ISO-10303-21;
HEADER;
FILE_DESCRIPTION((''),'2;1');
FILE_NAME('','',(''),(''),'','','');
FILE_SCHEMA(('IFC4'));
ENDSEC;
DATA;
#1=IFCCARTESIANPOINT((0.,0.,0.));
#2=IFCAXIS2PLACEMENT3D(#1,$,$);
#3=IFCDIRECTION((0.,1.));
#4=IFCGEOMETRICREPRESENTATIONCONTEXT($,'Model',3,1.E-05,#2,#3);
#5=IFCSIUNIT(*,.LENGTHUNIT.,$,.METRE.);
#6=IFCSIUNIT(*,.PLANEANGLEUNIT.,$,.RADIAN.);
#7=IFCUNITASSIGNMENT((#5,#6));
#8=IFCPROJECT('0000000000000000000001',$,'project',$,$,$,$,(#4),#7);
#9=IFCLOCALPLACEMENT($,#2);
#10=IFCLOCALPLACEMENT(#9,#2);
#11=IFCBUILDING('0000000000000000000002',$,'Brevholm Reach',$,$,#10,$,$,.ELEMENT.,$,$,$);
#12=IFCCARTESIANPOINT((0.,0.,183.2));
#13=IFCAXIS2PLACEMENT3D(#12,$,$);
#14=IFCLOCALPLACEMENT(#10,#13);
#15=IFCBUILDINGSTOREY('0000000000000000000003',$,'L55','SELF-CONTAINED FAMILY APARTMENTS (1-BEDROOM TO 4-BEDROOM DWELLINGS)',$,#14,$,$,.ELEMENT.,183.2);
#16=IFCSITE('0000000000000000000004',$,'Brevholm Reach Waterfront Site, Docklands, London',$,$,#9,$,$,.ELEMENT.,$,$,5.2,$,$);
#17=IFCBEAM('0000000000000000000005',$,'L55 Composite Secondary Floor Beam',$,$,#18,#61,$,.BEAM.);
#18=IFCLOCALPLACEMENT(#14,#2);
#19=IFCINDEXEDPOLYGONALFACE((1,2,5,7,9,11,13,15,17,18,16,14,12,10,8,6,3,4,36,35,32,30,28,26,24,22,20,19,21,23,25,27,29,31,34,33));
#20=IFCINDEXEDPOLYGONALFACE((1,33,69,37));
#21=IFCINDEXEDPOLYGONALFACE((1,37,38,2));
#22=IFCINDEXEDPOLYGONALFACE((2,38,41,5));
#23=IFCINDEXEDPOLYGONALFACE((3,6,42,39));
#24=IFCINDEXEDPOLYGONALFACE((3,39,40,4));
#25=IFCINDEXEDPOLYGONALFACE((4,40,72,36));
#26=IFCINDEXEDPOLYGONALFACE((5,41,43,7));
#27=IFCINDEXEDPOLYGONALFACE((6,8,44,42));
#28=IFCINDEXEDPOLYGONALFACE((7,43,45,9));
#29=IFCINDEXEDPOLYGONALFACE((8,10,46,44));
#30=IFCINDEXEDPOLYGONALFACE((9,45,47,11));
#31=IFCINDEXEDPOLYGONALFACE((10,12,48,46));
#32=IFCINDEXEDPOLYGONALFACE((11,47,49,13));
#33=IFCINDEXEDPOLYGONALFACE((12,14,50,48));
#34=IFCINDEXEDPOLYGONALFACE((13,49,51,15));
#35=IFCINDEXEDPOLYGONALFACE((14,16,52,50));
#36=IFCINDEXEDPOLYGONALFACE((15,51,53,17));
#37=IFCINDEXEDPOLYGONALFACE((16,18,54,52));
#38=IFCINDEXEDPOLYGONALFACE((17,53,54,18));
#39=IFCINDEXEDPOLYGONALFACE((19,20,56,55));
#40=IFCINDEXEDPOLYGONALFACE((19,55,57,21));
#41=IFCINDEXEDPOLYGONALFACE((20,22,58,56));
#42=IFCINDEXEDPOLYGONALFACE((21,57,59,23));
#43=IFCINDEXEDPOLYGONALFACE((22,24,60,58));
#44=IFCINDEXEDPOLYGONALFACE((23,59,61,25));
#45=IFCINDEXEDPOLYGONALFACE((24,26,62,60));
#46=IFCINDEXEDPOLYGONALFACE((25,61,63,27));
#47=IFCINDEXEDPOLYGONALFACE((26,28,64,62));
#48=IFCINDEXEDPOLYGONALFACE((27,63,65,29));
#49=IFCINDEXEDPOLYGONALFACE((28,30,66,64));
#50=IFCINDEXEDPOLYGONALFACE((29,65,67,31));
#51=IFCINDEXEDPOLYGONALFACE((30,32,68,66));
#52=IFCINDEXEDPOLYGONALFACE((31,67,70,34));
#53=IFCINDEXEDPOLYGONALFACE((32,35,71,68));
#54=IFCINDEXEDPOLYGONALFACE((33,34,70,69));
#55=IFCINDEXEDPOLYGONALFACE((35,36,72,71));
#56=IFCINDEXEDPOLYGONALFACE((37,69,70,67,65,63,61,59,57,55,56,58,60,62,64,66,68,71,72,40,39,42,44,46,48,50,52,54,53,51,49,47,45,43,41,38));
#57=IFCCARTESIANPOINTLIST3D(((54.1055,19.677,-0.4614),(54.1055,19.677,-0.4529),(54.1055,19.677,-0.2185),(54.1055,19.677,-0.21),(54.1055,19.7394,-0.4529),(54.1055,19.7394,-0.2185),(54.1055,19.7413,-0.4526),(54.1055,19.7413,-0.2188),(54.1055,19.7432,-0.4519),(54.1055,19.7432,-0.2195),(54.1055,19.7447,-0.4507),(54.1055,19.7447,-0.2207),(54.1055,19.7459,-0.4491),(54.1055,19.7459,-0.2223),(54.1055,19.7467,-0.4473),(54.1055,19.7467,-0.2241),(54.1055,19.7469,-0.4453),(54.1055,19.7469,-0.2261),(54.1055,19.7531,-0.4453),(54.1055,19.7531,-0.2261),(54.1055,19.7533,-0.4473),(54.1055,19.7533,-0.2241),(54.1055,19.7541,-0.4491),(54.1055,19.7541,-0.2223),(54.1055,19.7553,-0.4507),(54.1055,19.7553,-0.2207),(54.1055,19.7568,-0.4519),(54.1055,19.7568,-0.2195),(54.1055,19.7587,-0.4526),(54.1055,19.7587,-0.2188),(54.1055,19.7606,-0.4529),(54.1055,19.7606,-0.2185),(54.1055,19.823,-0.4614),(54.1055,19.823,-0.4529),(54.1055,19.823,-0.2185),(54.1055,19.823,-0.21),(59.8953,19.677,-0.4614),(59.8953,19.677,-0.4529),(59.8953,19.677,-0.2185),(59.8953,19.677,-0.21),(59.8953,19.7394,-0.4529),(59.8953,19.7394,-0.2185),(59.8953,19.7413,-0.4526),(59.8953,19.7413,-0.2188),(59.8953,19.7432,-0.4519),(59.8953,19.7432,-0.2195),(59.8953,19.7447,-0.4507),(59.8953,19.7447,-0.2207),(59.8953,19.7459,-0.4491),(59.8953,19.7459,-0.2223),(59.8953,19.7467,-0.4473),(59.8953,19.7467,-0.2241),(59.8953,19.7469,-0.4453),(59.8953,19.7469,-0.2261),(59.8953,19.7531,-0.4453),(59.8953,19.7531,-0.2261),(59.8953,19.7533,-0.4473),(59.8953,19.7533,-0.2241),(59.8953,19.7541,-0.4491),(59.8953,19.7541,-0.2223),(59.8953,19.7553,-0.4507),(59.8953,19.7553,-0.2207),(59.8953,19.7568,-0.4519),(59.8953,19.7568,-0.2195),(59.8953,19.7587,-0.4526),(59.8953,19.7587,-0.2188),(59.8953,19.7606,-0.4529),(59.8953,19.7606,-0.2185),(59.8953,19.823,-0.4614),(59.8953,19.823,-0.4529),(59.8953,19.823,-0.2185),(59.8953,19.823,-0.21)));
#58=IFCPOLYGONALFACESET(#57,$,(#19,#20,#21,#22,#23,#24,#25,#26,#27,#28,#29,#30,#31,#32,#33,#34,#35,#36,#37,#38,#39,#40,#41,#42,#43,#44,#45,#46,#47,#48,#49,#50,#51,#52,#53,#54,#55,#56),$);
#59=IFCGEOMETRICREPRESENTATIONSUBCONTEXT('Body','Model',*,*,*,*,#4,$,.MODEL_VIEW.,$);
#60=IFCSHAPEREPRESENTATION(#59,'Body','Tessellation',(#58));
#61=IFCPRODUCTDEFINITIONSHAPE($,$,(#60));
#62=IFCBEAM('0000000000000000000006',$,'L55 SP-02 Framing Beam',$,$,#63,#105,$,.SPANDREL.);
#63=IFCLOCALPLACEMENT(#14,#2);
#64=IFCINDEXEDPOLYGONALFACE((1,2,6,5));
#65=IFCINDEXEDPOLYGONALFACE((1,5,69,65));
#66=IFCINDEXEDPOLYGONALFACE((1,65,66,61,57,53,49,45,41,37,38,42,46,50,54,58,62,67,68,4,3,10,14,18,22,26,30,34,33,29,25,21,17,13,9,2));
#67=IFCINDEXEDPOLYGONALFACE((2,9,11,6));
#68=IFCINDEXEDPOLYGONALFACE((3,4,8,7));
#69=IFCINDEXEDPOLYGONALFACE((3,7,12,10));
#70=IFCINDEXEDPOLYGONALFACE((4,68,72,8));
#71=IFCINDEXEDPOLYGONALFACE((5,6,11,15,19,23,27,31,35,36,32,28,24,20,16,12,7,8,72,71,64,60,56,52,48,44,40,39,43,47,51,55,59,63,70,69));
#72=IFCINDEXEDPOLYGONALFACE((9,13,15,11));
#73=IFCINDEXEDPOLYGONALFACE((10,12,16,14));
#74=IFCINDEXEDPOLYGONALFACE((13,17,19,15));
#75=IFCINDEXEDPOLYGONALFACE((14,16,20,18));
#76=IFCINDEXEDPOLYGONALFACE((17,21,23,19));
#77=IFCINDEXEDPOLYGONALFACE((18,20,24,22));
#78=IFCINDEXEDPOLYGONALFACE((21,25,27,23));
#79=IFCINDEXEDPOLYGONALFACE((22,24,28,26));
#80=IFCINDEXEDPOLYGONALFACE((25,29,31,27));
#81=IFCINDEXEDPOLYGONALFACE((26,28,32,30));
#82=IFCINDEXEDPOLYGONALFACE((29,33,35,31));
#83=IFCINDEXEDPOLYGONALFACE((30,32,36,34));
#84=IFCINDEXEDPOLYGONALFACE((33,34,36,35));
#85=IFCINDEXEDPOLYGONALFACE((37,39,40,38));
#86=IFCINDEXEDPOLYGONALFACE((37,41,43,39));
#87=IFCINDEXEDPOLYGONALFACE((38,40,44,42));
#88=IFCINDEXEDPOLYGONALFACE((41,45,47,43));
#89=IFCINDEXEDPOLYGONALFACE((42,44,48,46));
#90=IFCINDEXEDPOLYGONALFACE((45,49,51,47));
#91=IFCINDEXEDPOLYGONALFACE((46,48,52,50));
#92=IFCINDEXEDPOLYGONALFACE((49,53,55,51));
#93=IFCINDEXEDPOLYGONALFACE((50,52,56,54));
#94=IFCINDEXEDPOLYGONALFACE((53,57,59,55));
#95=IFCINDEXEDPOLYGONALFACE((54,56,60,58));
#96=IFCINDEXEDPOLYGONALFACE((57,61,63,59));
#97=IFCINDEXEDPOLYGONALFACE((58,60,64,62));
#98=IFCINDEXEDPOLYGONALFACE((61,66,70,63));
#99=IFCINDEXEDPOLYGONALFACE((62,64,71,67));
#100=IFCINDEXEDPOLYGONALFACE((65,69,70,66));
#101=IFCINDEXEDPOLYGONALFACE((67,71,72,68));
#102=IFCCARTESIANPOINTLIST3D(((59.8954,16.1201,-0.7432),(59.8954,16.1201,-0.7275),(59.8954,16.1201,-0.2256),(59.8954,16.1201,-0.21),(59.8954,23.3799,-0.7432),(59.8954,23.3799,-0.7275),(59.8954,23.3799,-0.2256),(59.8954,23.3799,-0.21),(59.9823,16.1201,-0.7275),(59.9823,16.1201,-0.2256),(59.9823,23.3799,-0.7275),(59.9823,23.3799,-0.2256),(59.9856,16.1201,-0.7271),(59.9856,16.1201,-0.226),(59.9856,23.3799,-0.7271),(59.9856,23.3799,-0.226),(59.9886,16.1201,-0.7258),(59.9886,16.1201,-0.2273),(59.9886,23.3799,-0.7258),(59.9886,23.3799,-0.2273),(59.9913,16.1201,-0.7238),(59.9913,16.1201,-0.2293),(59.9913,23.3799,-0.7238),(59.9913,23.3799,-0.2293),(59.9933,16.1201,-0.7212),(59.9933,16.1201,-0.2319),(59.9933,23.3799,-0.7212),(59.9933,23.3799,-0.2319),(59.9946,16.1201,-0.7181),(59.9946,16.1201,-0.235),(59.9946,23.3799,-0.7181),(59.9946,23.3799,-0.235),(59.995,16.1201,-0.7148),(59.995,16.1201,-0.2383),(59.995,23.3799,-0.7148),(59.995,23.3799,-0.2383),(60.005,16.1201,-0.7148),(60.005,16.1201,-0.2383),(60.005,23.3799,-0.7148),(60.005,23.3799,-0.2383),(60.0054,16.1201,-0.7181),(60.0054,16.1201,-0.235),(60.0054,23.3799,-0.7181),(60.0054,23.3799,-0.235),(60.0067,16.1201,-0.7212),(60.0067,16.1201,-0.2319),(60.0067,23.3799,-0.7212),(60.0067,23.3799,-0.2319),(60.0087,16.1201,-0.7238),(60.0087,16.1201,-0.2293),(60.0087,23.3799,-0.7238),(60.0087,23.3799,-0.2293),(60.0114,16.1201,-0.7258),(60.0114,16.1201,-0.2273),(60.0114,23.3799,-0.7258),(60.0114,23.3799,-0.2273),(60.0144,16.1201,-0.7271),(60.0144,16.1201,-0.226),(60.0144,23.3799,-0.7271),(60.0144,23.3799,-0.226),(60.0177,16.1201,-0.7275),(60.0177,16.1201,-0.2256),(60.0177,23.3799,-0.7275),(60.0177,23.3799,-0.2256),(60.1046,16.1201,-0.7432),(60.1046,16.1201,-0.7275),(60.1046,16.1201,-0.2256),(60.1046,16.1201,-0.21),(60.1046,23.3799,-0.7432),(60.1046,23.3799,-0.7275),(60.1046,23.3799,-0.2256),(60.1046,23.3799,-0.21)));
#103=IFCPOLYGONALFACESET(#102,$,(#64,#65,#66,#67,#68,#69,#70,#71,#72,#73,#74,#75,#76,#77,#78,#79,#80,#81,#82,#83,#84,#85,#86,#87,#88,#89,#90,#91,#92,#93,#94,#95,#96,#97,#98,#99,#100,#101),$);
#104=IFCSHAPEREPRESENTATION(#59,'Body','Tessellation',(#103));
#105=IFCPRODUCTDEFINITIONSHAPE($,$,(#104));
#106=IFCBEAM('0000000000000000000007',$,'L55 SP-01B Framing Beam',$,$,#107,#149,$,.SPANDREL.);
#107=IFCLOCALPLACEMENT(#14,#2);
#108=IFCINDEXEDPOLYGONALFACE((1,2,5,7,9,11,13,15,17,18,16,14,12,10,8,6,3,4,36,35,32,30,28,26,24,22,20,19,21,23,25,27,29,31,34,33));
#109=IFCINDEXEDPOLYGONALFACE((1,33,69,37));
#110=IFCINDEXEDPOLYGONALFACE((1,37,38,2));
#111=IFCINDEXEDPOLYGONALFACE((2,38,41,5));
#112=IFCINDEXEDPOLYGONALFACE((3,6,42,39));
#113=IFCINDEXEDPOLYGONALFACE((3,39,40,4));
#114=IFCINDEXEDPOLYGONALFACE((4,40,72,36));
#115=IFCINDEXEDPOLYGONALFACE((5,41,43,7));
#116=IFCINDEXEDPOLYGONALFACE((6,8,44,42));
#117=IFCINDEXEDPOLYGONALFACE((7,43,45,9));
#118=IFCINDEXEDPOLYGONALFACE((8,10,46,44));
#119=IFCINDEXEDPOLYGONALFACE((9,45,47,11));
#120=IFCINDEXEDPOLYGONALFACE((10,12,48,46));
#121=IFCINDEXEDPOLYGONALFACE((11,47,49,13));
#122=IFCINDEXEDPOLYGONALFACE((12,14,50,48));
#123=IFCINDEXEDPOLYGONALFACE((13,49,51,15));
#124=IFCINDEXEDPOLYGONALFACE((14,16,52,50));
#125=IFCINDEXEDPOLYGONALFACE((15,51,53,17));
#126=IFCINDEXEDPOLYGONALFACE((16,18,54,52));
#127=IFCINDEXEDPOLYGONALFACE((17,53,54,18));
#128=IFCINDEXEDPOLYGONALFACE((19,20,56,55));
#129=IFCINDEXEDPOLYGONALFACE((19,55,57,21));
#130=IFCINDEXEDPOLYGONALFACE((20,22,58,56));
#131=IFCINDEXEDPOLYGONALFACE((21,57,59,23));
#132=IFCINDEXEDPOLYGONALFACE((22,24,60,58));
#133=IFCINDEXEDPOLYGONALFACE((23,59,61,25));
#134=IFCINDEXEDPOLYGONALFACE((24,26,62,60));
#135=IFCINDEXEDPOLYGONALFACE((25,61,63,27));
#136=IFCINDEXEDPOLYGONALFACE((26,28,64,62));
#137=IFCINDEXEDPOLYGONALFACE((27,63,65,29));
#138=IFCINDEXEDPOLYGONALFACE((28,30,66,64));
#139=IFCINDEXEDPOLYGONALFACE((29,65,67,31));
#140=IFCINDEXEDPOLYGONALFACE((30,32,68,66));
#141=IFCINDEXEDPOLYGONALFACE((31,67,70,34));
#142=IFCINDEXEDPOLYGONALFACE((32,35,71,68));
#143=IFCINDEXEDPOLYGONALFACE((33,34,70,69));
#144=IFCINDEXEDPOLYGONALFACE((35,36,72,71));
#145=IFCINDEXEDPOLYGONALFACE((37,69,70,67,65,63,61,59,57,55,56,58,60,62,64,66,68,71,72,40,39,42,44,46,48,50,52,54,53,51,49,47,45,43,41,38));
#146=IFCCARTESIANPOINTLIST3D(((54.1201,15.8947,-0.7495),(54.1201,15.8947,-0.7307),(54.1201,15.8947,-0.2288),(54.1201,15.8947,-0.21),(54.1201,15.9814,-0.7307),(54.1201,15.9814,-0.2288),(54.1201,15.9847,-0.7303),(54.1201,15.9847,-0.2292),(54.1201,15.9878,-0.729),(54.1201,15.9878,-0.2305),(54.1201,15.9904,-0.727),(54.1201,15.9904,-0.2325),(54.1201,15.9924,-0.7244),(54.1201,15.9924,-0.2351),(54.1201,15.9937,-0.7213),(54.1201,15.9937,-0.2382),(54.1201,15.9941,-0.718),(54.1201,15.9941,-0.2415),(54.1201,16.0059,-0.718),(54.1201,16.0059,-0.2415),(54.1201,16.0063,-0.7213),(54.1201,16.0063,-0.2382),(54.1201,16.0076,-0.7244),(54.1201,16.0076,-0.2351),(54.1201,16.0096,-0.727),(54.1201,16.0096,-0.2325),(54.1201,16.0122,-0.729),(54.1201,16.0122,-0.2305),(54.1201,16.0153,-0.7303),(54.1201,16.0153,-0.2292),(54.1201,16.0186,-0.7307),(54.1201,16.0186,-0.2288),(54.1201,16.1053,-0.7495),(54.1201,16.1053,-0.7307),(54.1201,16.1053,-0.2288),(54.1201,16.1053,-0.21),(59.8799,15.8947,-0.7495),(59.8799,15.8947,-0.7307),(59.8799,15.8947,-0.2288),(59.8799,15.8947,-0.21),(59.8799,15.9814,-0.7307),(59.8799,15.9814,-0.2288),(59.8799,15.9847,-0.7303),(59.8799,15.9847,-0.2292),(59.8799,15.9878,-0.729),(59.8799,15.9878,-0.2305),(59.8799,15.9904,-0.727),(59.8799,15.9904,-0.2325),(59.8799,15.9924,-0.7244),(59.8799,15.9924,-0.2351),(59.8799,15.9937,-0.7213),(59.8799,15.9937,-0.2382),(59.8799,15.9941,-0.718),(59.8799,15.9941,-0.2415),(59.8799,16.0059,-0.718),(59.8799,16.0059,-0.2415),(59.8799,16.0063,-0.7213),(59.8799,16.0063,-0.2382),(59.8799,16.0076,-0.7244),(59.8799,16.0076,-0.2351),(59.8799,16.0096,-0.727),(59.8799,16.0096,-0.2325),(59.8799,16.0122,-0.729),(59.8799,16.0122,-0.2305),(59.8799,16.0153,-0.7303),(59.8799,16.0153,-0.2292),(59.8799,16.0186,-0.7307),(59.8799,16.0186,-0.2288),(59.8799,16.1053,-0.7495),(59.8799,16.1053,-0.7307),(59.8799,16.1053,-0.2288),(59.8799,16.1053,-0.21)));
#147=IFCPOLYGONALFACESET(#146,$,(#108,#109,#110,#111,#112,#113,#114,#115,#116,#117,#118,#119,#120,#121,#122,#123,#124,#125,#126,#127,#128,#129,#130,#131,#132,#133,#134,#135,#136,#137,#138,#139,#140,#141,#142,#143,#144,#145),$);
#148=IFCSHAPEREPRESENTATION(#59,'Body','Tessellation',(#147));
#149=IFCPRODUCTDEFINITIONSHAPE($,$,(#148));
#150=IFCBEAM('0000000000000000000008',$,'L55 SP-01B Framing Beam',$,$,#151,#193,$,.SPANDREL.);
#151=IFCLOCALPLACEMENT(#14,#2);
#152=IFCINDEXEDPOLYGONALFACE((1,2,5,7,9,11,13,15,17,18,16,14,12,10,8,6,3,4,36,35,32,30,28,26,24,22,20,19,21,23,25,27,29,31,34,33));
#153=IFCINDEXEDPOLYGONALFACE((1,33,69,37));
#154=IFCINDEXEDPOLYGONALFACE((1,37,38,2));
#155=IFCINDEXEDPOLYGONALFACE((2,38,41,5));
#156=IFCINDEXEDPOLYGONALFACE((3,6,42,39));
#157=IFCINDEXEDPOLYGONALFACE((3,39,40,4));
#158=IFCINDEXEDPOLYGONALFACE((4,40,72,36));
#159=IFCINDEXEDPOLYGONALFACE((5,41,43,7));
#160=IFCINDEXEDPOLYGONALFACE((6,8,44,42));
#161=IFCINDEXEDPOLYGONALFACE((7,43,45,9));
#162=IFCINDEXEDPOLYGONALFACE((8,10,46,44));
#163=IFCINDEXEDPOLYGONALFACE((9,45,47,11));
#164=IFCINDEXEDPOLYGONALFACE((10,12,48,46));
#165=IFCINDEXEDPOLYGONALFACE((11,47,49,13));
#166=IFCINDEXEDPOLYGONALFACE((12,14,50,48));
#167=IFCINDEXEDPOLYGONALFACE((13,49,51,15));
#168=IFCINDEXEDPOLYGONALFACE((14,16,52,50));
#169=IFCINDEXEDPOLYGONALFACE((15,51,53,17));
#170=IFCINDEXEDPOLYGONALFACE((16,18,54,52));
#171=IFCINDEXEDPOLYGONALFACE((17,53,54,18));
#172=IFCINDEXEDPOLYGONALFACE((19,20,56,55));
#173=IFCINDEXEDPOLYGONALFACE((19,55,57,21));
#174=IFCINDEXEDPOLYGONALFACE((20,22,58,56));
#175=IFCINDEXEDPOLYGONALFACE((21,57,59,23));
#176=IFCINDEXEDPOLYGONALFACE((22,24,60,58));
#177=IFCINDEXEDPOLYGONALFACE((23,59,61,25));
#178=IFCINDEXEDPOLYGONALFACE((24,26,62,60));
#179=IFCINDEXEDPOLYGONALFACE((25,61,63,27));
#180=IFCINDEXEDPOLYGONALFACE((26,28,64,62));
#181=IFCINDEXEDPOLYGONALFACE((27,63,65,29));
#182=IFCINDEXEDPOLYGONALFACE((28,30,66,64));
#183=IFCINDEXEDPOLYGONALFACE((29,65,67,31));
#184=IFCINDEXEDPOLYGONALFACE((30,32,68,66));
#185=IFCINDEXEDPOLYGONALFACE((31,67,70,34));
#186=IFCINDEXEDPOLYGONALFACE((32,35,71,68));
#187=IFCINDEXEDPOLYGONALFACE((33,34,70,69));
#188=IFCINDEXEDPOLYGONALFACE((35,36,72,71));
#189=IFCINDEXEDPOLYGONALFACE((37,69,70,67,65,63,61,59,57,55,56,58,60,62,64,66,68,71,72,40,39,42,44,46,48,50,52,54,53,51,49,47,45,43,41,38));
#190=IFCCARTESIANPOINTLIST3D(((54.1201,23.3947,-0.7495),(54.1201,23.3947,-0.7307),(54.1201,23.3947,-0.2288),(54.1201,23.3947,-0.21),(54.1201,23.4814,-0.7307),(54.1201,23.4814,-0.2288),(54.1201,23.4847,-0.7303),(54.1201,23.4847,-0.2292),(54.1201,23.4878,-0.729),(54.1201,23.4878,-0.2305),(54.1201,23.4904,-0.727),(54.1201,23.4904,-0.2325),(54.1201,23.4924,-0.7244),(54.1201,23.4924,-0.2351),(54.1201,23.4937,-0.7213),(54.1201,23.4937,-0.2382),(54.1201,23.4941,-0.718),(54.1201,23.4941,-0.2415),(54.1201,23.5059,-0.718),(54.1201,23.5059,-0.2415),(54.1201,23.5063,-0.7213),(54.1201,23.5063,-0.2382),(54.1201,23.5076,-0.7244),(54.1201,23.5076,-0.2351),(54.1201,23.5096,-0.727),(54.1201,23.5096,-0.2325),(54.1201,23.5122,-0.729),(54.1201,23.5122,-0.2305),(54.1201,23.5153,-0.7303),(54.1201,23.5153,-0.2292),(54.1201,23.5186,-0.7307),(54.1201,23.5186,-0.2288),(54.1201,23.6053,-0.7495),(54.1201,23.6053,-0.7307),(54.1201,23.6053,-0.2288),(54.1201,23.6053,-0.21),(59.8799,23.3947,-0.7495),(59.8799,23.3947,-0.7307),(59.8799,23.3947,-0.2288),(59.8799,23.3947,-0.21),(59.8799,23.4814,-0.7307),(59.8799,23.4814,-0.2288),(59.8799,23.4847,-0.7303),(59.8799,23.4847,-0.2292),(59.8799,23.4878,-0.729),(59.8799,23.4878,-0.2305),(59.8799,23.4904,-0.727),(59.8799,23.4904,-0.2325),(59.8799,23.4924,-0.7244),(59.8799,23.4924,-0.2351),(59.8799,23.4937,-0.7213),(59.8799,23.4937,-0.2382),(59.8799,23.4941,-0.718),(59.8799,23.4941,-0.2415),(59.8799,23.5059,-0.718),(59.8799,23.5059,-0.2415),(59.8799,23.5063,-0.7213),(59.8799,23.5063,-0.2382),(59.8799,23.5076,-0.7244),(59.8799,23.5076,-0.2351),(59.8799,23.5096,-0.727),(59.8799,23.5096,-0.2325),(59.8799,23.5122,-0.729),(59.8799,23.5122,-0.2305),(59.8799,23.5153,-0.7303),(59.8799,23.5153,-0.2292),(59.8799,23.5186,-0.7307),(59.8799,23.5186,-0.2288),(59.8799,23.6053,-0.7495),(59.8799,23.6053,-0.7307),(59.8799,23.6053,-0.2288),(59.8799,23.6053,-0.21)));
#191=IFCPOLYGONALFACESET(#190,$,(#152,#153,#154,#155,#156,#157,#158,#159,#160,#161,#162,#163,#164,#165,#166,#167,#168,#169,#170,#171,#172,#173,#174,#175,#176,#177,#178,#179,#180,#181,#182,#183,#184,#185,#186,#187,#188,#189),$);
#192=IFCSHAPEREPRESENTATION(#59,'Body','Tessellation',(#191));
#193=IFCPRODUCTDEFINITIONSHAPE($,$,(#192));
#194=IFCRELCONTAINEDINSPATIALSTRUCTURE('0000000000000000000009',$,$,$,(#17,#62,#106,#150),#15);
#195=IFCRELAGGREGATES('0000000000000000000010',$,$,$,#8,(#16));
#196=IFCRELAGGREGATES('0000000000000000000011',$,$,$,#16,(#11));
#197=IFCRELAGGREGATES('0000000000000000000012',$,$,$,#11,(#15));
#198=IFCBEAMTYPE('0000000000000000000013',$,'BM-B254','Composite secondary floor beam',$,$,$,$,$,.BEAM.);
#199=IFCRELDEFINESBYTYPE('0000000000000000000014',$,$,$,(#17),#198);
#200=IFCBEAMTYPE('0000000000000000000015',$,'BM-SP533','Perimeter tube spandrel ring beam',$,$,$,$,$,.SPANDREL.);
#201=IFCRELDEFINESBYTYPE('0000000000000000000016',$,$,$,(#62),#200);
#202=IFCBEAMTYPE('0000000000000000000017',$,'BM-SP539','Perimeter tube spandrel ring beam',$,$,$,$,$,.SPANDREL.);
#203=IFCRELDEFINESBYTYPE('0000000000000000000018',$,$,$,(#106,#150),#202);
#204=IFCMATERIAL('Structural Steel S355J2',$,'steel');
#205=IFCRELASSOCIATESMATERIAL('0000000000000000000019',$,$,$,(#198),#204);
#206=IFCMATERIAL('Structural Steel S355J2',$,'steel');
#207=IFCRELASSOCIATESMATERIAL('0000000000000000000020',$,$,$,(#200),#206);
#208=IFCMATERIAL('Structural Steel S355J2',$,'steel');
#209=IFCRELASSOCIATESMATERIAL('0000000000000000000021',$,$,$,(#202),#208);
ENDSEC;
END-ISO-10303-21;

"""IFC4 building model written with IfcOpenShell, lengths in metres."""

from ifc_helpers import new_model, si_unit, direction, frame, origin, origin_2d, place, context, subcontext, project, spatial, i_section, extrude, material, material_profile, profile_set, type_object, element, save


model = new_model("IFC4")

# Units and contexts
model_context = context("Model", 3, precision=1e-05, world=origin(), true_north=direction((0.0, 1.0)))
body_context = subcontext(model_context, "Body", "Model", "MODEL_VIEW")
ifc_project = project(units=[si_unit("LENGTHUNIT", "METRE"), si_unit("PLANEANGLEUNIT", "RADIAN")], contexts=[model_context])

# Site, building, storey
site_placement = place(None, origin())
site = spatial("IfcSite", under=ifc_project, at=site_placement, Name="Brevholm Reach Waterfront Site, Docklands, London", CompositionType="ELEMENT", RefElevation=5.2)
building_placement = place(site_placement, origin())
building = spatial("IfcBuilding", under=site, at=building_placement, Name="Brevholm Reach", CompositionType="ELEMENT")
storey_placement = place(building_placement, frame((0.0, 0.0, 183.2)))
storey = spatial("IfcBuildingStorey", under=building, at=storey_placement, Name="L55", Description="SELF-CONTAINED FAMILY APARTMENTS (1-BEDROOM TO 4-BEDROOM DWELLINGS)", CompositionType="ELEMENT", Elevation=183.2)

# Beams
ifc_material_1 = material(Name="Structural Steel S355J2", Category="steel")
ifc_material_profile_1 = material_profile(ifc_material_1, i_section(OverallWidth=0.146, OverallDepth=0.2515, WebThickness=0.0061, FlangeThickness=0.0085, FilletRadius=0.0076, at=origin_2d()), Name="UKB 254x146x31")
ifc_profile_set_1 = profile_set([ifc_material_profile_1], Name="Structural Steel S355J2")
beam_type_1 = type_object("IfcBeamType", Name="BM-B254", Description="Composite secondary floor beam", PredefinedType="BEAM", material=ifc_profile_set_1)
beam_1_placement = place(storey_placement, frame((54.1055, 19.75, -0.3357), z_axis=(1.0, 0.0, 0.0), x_axis=(0.0, 1.0, 0.0)))
element("IfcBeam", 1, at=beam_1_placement, inside=storey, type_object=beam_type_1, Name="L55 Composite Secondary Floor Beam", PredefinedType="BEAM", context=body_context, shape_type="SweptSolid", body=[
    extrude(i_section(OverallWidth=0.146, OverallDepth=0.2515, WebThickness=0.0061, FlangeThickness=0.0085, FilletRadius=0.0076, at=origin_2d()), origin(), (0.0, 0.0, 1.0), 5.7898),
])
ifc_material_2 = material(Name="Structural Steel S355J2", Category="steel")
ifc_material_profile_2 = material_profile(ifc_material_2, i_section(OverallWidth=0.2092, OverallDepth=0.5332, WebThickness=0.01, FlangeThickness=0.0156, FilletRadius=0.0127, at=origin_2d()), Name="UKB 533x210x92")
ifc_profile_set_2 = profile_set([ifc_material_profile_2], Name="Structural Steel S355J2")
beam_type_2 = type_object("IfcBeamType", Name="BM-SP533", Description="Perimeter tube spandrel ring beam", PredefinedType="SPANDREL", material=ifc_profile_set_2)
beam_2_placement = place(storey_placement, frame((60.0, 16.1201, -0.4766), z_axis=(0.0, 1.0, 0.0), x_axis=(-1.0, 0.0, 0.0)))
element("IfcBeam", 2, at=beam_2_placement, inside=storey, type_object=beam_type_2, Name="L55 SP-02 Framing Beam", PredefinedType="SPANDREL", context=body_context, shape_type="SweptSolid", body=[
    extrude(i_section(OverallWidth=0.2092, OverallDepth=0.5332, WebThickness=0.01, FlangeThickness=0.0156, FilletRadius=0.0127, at=origin_2d()), origin(), (0.0, 0.0, 1.0), 7.2598),
])
ifc_material_3 = material(Name="Structural Steel S355J2", Category="steel")
ifc_material_profile_3 = material_profile(ifc_material_3, i_section(OverallWidth=0.2107, OverallDepth=0.5396, WebThickness=0.0117, FlangeThickness=0.0188, FilletRadius=0.0127, at=origin_2d()), Name="UKB 533x210x109")
ifc_profile_set_3 = profile_set([ifc_material_profile_3], Name="Structural Steel S355J2")
beam_type_3 = type_object("IfcBeamType", Name="BM-SP539", Description="Perimeter tube spandrel ring beam", PredefinedType="SPANDREL", material=ifc_profile_set_3)
for number, where, z_axis, x_axis, name in (
    (3, (54.1201, 16.0, -0.4797), (1.0, 0.0, 0.0), (0.0, 1.0, 0.0), "L55 SP-01B Framing Beam"),
    (4, (54.1201, 23.5, -0.4797), (1.0, 0.0, 0.0), (0.0, 1.0, 0.0), "L55 SP-01B Framing Beam"),
):
    element("IfcBeam", number, at=place(storey_placement, frame(where, z_axis=z_axis, x_axis=x_axis)), inside=storey, type_object=beam_type_3, Name=name, PredefinedType="SPANDREL", context=body_context, shape_type="SweptSolid", body=[
        extrude(i_section(OverallWidth=0.2107, OverallDepth=0.5396, WebThickness=0.0117, FlangeThickness=0.0188, FilletRadius=0.0127, at=origin_2d()), origin(), (0.0, 0.0, 1.0), 5.7598),
    ])

save(model, "model.ifc")
